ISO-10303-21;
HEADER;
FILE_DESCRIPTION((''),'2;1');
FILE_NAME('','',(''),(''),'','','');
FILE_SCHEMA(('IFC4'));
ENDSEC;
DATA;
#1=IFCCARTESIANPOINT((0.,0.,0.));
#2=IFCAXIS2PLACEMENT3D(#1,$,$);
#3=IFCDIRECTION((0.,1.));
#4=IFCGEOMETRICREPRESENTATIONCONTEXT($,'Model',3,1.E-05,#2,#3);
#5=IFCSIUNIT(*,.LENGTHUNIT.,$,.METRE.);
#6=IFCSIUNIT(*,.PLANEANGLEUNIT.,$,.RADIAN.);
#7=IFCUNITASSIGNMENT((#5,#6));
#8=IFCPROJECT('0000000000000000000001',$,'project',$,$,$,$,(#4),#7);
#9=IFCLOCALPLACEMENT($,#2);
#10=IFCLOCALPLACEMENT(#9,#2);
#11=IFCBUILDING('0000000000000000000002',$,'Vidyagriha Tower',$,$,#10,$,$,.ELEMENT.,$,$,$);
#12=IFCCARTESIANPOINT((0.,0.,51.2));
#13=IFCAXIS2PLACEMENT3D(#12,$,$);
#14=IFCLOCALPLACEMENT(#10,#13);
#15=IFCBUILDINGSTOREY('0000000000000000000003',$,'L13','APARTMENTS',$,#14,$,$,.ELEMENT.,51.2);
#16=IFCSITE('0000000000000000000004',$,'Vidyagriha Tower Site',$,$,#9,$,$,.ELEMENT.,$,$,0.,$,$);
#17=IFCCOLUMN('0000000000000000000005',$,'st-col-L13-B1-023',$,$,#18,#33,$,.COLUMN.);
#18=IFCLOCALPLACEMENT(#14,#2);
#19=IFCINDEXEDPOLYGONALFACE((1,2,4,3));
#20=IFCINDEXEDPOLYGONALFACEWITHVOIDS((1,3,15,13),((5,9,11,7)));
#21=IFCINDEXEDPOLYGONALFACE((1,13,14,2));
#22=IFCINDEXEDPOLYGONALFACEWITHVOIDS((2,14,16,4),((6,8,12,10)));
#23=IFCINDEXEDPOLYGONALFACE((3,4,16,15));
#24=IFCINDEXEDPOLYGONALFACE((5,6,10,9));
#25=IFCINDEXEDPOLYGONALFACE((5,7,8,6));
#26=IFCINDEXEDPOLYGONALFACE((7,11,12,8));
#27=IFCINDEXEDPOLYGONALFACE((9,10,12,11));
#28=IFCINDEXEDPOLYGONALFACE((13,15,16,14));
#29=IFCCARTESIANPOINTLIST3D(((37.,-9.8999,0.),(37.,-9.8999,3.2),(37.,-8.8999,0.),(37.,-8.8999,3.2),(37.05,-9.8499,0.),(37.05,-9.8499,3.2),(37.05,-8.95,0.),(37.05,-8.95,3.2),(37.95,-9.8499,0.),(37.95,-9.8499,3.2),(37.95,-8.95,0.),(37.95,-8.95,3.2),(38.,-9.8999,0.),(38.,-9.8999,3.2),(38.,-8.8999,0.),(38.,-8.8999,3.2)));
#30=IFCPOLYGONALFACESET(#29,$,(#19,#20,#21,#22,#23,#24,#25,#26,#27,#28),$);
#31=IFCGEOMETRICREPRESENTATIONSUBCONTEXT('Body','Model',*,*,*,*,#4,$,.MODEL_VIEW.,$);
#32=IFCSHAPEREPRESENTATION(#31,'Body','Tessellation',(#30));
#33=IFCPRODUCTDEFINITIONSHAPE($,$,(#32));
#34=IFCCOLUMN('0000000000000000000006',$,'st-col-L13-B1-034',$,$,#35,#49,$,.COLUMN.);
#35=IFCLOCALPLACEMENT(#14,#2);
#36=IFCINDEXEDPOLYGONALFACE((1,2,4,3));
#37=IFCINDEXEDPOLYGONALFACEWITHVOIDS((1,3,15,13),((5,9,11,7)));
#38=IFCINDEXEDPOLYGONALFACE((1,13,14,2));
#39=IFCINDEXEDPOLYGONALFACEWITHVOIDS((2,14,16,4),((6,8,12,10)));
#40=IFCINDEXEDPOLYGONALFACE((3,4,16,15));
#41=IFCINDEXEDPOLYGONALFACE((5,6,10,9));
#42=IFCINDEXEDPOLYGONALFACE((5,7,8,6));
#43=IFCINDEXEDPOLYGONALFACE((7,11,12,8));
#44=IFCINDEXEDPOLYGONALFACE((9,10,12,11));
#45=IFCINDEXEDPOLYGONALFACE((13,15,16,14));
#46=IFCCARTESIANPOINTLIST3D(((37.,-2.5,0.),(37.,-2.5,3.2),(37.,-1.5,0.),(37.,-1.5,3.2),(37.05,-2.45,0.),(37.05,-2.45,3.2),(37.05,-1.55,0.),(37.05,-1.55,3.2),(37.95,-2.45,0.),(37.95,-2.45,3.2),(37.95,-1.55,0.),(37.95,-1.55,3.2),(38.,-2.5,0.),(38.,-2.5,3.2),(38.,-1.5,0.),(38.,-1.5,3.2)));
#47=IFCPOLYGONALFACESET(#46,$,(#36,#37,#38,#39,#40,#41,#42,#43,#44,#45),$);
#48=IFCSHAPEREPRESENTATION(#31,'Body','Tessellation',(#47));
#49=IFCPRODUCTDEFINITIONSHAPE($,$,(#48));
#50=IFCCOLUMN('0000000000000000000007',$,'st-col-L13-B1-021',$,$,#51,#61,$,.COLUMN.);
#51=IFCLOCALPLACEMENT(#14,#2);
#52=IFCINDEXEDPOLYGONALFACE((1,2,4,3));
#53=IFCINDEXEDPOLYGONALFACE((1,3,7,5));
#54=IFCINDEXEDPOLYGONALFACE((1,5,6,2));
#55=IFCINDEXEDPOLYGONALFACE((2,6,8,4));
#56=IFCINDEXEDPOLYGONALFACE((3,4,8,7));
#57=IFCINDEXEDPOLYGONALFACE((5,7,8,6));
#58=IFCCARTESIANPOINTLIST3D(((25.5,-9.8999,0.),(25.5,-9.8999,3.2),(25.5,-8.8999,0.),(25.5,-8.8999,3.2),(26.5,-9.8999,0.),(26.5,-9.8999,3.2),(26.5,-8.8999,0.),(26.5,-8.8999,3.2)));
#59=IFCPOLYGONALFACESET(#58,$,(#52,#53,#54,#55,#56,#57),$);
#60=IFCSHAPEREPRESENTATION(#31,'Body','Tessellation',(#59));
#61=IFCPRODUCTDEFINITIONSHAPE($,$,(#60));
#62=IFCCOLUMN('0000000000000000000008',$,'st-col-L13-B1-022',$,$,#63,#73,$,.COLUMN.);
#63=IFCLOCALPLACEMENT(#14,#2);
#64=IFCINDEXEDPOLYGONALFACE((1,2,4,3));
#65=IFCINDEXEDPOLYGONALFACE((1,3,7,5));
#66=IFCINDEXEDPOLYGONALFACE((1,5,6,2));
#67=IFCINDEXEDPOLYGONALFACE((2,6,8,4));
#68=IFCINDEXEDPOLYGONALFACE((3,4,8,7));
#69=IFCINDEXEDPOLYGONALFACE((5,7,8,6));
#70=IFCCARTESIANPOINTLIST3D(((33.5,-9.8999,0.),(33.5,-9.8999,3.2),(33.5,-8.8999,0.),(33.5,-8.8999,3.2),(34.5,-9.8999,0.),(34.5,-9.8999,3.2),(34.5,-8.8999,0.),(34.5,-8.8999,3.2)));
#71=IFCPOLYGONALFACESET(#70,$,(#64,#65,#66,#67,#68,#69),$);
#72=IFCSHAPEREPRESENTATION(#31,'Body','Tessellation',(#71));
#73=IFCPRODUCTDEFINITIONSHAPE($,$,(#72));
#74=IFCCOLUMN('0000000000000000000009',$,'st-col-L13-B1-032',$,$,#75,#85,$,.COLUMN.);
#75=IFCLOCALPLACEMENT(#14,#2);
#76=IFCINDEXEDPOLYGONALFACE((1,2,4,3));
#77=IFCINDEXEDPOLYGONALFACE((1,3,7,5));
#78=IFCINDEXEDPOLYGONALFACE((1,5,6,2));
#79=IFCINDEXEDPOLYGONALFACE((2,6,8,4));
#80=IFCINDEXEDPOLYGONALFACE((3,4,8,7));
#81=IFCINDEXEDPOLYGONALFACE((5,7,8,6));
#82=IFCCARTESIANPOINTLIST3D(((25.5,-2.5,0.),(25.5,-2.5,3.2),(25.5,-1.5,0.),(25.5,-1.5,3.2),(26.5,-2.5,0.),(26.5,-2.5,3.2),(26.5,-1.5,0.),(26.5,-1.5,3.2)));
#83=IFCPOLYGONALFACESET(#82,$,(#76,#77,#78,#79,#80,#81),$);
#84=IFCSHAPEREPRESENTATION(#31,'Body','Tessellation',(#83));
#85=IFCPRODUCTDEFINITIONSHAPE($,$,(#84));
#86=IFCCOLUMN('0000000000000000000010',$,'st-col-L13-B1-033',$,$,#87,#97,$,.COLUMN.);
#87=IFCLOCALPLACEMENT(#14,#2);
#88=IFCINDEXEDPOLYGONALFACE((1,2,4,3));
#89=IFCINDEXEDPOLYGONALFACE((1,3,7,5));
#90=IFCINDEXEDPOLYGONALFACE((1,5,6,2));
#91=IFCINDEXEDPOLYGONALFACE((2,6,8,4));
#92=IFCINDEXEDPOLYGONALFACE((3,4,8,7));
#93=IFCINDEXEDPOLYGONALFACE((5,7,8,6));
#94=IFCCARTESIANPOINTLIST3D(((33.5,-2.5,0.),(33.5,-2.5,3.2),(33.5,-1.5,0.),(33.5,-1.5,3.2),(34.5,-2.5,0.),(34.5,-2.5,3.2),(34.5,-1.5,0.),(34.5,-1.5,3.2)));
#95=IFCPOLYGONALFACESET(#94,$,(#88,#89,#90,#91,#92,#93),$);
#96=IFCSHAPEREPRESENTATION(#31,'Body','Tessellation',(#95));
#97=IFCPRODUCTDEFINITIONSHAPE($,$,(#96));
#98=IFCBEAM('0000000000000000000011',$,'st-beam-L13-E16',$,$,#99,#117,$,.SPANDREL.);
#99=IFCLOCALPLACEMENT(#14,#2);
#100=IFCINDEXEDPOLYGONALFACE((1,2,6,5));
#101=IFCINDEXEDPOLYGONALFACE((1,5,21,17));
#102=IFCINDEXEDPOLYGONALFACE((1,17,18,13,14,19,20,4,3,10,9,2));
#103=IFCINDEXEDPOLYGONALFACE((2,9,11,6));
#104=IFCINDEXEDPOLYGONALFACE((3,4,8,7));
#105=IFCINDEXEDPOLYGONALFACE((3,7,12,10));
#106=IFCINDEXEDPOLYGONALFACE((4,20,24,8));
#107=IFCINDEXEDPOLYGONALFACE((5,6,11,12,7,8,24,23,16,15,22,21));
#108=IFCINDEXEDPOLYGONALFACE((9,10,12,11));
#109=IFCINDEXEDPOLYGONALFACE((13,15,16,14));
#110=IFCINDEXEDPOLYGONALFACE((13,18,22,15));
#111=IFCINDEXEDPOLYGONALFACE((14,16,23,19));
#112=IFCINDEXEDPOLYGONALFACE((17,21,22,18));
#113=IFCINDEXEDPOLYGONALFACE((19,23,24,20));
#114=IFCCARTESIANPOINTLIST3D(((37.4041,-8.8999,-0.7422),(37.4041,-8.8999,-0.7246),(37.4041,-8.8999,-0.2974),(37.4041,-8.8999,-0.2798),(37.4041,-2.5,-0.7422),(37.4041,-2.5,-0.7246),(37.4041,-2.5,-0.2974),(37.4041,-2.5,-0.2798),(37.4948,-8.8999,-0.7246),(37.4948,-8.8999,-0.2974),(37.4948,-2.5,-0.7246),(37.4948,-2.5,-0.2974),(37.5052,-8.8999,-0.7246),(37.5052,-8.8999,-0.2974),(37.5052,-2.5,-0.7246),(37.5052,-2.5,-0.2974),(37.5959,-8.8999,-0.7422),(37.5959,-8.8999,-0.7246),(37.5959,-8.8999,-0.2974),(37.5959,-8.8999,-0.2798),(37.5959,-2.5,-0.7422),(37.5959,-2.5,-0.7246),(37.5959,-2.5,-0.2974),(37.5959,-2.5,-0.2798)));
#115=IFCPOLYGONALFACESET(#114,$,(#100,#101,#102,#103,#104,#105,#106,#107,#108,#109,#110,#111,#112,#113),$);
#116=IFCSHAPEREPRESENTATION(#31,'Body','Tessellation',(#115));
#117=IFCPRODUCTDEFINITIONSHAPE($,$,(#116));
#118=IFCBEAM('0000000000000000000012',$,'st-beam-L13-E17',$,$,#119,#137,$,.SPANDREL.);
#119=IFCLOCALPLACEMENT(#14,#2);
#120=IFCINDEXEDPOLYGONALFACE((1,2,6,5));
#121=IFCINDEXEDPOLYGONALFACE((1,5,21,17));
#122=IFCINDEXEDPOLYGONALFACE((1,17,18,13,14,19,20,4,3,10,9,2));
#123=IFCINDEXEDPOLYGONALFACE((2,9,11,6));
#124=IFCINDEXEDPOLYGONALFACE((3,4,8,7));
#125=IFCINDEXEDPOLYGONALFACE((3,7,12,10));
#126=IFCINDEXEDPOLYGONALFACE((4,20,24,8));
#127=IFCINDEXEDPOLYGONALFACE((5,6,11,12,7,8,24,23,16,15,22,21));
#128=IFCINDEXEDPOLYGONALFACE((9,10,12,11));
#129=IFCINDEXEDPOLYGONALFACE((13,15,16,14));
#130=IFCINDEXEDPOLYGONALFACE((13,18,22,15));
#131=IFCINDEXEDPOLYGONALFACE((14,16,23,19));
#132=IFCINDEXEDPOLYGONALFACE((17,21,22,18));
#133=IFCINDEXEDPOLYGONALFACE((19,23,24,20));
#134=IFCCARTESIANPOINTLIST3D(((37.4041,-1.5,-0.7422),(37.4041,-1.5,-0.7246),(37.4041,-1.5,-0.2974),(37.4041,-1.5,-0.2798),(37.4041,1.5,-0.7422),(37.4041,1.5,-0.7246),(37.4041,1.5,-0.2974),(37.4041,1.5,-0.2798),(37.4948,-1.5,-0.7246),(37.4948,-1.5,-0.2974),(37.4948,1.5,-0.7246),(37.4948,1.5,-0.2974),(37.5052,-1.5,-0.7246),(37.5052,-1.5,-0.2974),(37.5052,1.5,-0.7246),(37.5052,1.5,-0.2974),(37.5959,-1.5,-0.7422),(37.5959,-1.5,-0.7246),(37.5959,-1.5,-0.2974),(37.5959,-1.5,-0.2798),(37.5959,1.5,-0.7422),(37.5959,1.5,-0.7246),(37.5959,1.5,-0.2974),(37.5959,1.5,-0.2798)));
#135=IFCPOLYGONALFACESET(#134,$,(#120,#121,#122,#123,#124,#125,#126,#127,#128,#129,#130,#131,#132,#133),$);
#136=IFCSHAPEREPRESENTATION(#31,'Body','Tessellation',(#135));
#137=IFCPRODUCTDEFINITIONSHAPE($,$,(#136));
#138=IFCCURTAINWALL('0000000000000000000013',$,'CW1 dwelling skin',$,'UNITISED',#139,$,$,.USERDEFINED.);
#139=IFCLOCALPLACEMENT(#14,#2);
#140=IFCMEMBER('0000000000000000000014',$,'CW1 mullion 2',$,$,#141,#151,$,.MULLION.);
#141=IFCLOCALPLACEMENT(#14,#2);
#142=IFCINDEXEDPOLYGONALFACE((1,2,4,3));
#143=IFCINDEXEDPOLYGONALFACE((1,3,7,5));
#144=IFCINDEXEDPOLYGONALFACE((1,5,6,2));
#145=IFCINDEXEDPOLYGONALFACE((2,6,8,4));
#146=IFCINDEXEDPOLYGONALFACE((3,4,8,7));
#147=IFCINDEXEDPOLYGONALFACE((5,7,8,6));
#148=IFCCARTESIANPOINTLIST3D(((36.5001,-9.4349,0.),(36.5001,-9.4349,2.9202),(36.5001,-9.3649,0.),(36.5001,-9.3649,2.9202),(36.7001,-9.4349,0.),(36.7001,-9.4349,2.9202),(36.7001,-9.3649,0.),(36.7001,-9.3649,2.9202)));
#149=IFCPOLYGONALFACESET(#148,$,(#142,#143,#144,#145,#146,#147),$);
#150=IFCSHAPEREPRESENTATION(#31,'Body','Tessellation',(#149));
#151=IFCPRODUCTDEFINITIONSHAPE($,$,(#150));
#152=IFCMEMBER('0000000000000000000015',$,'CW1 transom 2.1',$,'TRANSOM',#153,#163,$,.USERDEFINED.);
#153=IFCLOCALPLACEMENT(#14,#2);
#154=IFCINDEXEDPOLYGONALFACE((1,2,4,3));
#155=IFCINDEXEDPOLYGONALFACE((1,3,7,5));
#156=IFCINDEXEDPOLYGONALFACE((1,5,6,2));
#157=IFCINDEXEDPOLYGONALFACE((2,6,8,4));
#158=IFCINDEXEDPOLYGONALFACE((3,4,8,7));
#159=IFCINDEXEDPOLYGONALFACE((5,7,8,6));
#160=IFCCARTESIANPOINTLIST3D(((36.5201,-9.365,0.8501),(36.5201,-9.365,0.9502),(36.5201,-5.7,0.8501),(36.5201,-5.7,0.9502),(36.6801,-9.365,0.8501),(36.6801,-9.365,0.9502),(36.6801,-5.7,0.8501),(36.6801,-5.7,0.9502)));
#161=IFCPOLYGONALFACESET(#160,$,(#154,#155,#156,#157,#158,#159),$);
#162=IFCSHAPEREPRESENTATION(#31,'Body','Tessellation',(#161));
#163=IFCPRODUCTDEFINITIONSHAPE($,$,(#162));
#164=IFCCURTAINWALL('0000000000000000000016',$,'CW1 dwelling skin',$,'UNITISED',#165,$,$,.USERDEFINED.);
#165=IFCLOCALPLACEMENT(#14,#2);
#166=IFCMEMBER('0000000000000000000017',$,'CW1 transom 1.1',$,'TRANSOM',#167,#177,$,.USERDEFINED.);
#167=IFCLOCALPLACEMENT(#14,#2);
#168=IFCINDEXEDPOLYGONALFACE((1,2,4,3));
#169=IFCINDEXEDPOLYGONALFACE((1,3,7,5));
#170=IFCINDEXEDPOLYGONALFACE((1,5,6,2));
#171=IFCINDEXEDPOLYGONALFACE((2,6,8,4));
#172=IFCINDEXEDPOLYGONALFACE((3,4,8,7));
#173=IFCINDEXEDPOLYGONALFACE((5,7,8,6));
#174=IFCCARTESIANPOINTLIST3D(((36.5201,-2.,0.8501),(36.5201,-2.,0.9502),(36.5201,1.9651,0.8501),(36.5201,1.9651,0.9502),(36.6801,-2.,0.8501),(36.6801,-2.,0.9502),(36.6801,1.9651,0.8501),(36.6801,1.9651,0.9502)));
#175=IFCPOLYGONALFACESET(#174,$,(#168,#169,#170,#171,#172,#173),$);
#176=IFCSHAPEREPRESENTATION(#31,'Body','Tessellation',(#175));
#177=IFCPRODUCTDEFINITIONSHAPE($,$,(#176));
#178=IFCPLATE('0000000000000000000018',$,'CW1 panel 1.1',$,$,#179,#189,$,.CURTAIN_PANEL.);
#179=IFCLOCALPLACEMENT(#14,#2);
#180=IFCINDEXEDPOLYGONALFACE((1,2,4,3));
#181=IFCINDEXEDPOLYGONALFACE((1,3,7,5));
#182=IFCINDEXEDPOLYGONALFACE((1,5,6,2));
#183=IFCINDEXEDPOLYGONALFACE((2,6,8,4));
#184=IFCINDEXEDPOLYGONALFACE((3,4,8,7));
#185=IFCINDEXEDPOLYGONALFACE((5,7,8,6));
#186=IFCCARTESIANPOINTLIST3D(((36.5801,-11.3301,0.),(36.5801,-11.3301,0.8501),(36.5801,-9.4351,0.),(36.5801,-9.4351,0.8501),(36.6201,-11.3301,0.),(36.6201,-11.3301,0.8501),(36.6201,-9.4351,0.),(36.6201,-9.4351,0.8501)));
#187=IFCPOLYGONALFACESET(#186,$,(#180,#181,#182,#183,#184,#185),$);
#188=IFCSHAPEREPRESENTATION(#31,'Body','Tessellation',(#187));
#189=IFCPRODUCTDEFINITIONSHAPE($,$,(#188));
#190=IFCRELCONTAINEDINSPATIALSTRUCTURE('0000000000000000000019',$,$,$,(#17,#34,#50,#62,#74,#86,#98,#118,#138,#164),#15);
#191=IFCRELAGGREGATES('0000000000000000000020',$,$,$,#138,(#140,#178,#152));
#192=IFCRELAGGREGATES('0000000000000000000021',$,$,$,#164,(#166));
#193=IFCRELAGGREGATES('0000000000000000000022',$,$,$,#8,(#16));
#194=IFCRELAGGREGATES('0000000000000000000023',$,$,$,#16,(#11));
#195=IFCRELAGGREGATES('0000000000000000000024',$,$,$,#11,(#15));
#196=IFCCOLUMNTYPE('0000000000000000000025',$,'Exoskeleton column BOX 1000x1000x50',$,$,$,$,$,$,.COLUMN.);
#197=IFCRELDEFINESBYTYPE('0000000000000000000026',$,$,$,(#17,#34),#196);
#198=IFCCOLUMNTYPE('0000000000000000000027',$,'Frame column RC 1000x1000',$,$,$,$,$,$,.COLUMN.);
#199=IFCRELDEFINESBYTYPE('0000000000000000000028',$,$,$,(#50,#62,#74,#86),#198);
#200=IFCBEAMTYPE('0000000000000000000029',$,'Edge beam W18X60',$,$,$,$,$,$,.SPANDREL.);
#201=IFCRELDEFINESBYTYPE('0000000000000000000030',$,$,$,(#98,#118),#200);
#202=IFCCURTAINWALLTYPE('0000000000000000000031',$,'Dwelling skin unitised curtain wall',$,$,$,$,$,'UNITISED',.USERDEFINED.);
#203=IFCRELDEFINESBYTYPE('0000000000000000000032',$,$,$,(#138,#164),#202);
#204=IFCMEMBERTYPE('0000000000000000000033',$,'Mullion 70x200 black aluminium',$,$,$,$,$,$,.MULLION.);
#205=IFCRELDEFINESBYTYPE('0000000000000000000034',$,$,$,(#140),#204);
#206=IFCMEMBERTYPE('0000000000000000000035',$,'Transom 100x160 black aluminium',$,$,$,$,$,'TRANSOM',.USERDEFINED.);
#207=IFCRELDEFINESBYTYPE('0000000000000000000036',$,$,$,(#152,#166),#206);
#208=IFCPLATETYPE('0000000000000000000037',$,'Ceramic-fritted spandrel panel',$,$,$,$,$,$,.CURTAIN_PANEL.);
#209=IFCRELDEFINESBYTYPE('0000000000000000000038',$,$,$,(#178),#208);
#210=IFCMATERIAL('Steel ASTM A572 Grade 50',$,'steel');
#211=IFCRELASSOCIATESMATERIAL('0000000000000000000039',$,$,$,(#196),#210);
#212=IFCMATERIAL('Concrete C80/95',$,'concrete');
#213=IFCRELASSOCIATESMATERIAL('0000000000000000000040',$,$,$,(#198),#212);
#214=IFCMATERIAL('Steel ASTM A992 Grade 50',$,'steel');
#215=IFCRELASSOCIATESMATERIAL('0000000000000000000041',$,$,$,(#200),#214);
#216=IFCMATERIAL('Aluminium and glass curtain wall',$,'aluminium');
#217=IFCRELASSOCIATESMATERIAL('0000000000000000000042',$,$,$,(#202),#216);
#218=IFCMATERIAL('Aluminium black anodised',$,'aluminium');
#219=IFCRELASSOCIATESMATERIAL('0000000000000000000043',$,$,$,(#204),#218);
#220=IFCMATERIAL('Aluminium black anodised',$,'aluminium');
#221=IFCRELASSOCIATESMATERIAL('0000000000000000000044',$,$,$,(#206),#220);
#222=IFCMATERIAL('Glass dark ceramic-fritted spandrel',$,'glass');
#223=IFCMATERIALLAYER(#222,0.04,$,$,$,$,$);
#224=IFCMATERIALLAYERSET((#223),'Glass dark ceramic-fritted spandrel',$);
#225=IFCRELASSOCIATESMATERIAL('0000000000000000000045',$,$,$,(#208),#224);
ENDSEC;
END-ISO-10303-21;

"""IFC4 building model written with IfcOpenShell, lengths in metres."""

from ifc_helpers import new_model, si_unit, direction, frame, origin, origin_2d, place, context, subcontext, project, spatial, rectangle, hollow_rectangle, i_section, extrude, material, layer, layer_set, material_profile, profile_set, type_object, element, aggregate, save


model = new_model("IFC4")

# Units and contexts
model_context = context("Model", 3, precision=1e-05, world=origin(), true_north=direction((0.0, 1.0)))
body_context = subcontext(model_context, "Body", "Model", "MODEL_VIEW")
ifc_project = project(units=[si_unit("LENGTHUNIT", "METRE"), si_unit("PLANEANGLEUNIT", "RADIAN")], contexts=[model_context])

# Site, building, storey
site_placement = place(None, origin())
site = spatial("IfcSite", under=ifc_project, at=site_placement, Name="Vidyagriha Tower Site", CompositionType="ELEMENT", RefElevation=0.0)
building_placement = place(site_placement, origin())
building = spatial("IfcBuilding", under=site, at=building_placement, Name="Vidyagriha Tower", CompositionType="ELEMENT")
storey_placement = place(building_placement, frame((0.0, 0.0, 51.2)))
storey = spatial("IfcBuildingStorey", under=building, at=storey_placement, Name="L13", Description="APARTMENTS", CompositionType="ELEMENT", Elevation=51.2)

# Columns
ifc_material_1 = material(Name="Steel ASTM A572 Grade 50", Category="steel")
ifc_material_profile_1 = material_profile(ifc_material_1, hollow_rectangle(XDim=1.0, YDim=1.0, WallThickness=0.05, at=origin_2d()), Name="BOX 1000x1000x50")
ifc_profile_set_1 = profile_set([ifc_material_profile_1], Name="Steel ASTM A572 Grade 50")
column_type_1 = type_object("IfcColumnType", Name="Exoskeleton column BOX 1000x1000x50", PredefinedType="COLUMN", material=ifc_profile_set_1)
for number, where, name in (
    (1, (37.5, -9.3999, 0.0), "st-col-L13-B1-023"),
    (2, (37.5, -2.0, 0.0), "st-col-L13-B1-034"),
):
    element("IfcColumn", number, at=place(storey_placement, frame(where)), inside=storey, type_object=column_type_1, Name=name, PredefinedType="COLUMN", context=body_context, shape_type="SweptSolid", body=[
        extrude(hollow_rectangle(XDim=1.0, YDim=1.0, WallThickness=0.05, at=origin_2d()), origin(), (0.0, 0.0, 1.0), 3.2),
    ])
ifc_material_2 = material(Name="Concrete C80/95", Category="concrete")
ifc_material_profile_2 = material_profile(ifc_material_2, rectangle(XDim=1.0, YDim=1.0, at=origin_2d()), Name="RC 1000x1000")
ifc_profile_set_2 = profile_set([ifc_material_profile_2], Name="Concrete C80/95")
column_type_2 = type_object("IfcColumnType", Name="Frame column RC 1000x1000", PredefinedType="COLUMN", material=ifc_profile_set_2)
for number, where, name in (
    (3, (26.0, -9.3999, 0.0), "st-col-L13-B1-021"),
    (4, (34.0, -9.3999, 0.0), "st-col-L13-B1-022"),
    (5, (26.0, -2.0, 0.0), "st-col-L13-B1-032"),
    (6, (34.0, -2.0, 0.0), "st-col-L13-B1-033"),
):
    element("IfcColumn", number, at=place(storey_placement, frame(where)), inside=storey, type_object=column_type_2, Name=name, PredefinedType="COLUMN", context=body_context, shape_type="SweptSolid", body=[
        extrude(rectangle(XDim=1.0, YDim=1.0, at=origin_2d()), origin(), (0.0, 0.0, 1.0), 3.2),
    ])

# Beams
ifc_material_3 = material(Name="Steel ASTM A992 Grade 50", Category="steel")
ifc_material_profile_3 = material_profile(ifc_material_3, i_section(OverallWidth=0.1919, OverallDepth=0.4624, WebThickness=0.0105, FlangeThickness=0.0176, at=origin_2d()), Name="W18X60")
ifc_profile_set_3 = profile_set([ifc_material_profile_3], Name="Steel ASTM A992 Grade 50")
beam_type = type_object("IfcBeamType", Name="Edge beam W18X60", PredefinedType="SPANDREL", material=ifc_profile_set_3)
beam_1_placement = place(storey_placement, frame((37.5, -8.8999, -0.511), z_axis=(0.0, 1.0, 0.0), x_axis=(-1.0, 0.0, 0.0)))
element("IfcBeam", 7, at=beam_1_placement, inside=storey, type_object=beam_type, Name="st-beam-L13-E16", PredefinedType="SPANDREL", context=body_context, shape_type="SweptSolid", body=[
    extrude(i_section(OverallWidth=0.1919, OverallDepth=0.4624, WebThickness=0.0105, FlangeThickness=0.0176, at=origin_2d()), origin(), (0.0, 0.0, 1.0), 6.3999),
])
beam_2_placement = place(storey_placement, frame((37.5, -1.5, -0.511), z_axis=(0.0, 1.0, 0.0), x_axis=(-1.0, 0.0, 0.0)))
element("IfcBeam", 8, at=beam_2_placement, inside=storey, type_object=beam_type, Name="st-beam-L13-E17", PredefinedType="SPANDREL", context=body_context, shape_type="SweptSolid", body=[
    extrude(i_section(OverallWidth=0.1919, OverallDepth=0.4624, WebThickness=0.0105, FlangeThickness=0.0176, at=origin_2d()), origin(), (0.0, 0.0, 1.0), 3.0),
])

# Curtain wall, members
ifc_material_4 = material(Name="Aluminium and glass curtain wall", Category="aluminium")
curtain_wall_type = type_object("IfcCurtainWallType", Name="Dwelling skin unitised curtain wall", ElementType="UNITISED", PredefinedType="USERDEFINED", material=ifc_material_4)
curtain_wall_1_placement = place(storey_placement, origin())
curtain_wall_1 = element("IfcCurtainWall", 9, at=curtain_wall_1_placement, inside=storey, type_object=curtain_wall_type, Name="CW1 dwelling skin", ObjectType="UNITISED", PredefinedType="USERDEFINED")
ifc_material_5 = material(Name="Aluminium black anodised", Category="aluminium")
ifc_material_profile_4 = material_profile(ifc_material_5, rectangle(XDim=0.2, YDim=0.0701, at=origin_2d()), Name="Mullion 70x200 black aluminium")
ifc_profile_set_4 = profile_set([ifc_material_profile_4], Name="Aluminium black anodised")
member_type_1 = type_object("IfcMemberType", Name="Mullion 70x200 black aluminium", PredefinedType="MULLION", material=ifc_profile_set_4)
member_1_placement = place(storey_placement, frame((36.6001, -9.3999, 0.0), z_axis=(0.0, 0.0, 1.0), x_axis=(-1.0, 0.0, 0.0)))
member_1 = element("IfcMember", 10, at=member_1_placement, type_object=member_type_1, Name="CW1 mullion 2", PredefinedType="MULLION", context=body_context, shape_type="SweptSolid", body=[
    extrude(rectangle(XDim=0.2, YDim=0.0701, at=origin_2d()), origin(), (0.0, 0.0, 1.0), 2.9202),
])
ifc_material_6 = material(Name="Aluminium black anodised", Category="aluminium")
ifc_material_profile_5 = material_profile(ifc_material_6, rectangle(XDim=0.1599, YDim=0.1001, at=origin_2d()), Name="Transom 100x160 black aluminium")
ifc_profile_set_5 = profile_set([ifc_material_profile_5], Name="Aluminium black anodised")
member_type_2 = type_object("IfcMemberType", Name="Transom 100x160 black aluminium", ElementType="TRANSOM", PredefinedType="USERDEFINED", material=ifc_profile_set_5)
member_2_placement = place(storey_placement, frame((36.6001, -9.365, 0.9001), z_axis=(0.0, 1.0, 0.0), x_axis=(-1.0, 0.0, 0.0)))
member_2 = element("IfcMember", 11, at=member_2_placement, type_object=member_type_2, Name="CW1 transom 2.1", ObjectType="TRANSOM", PredefinedType="USERDEFINED", context=body_context, shape_type="SweptSolid", body=[
    extrude(rectangle(XDim=0.1599, YDim=0.1001, at=origin_2d()), origin(), (0.0, 0.0, 1.0), 3.665),
])

# Curtain wall, member
curtain_wall_2_placement = place(storey_placement, origin())
curtain_wall_2 = element("IfcCurtainWall", 12, at=curtain_wall_2_placement, inside=storey, type_object=curtain_wall_type, Name="CW1 dwelling skin", ObjectType="UNITISED", PredefinedType="USERDEFINED")
member_3_placement = place(storey_placement, frame((36.6001, -2.0, 0.9001), z_axis=(0.0, 1.0, 0.0), x_axis=(-1.0, 0.0, 0.0)))
member_3 = element("IfcMember", 13, at=member_3_placement, type_object=member_type_2, Name="CW1 transom 1.1", ObjectType="TRANSOM", PredefinedType="USERDEFINED", context=body_context, shape_type="SweptSolid", body=[
    extrude(rectangle(XDim=0.1599, YDim=0.1001, at=origin_2d()), origin(), (0.0, 0.0, 1.0), 3.9651),
])

# Plate
ifc_material_7 = material(Name="Glass dark ceramic-fritted spandrel", Category="glass")
ifc_layer_1 = layer(ifc_material_7, 0.04)
ifc_layer_set_1 = layer_set([ifc_layer_1], Name="Glass dark ceramic-fritted spandrel")
plate_type_1 = type_object("IfcPlateType", Name="Ceramic-fritted spandrel panel", PredefinedType="CURTAIN_PANEL", material=ifc_layer_set_1)
plate_1_placement = place(storey_placement, frame((36.6001, -10.3826, 0.0), z_axis=(0.0, 0.0, 1.0), x_axis=(0.0, 1.0, 0.0)))
plate_1 = element("IfcPlate", 14, at=plate_1_placement, type_object=plate_type_1, Name="CW1 panel 1.1", PredefinedType="CURTAIN_PANEL", context=body_context, shape_type="SweptSolid", body=[
    extrude(rectangle(XDim=1.895, YDim=0.04, at=origin_2d()), origin(), (0.0, 0.0, 1.0), 0.8501),
])
aggregate(curtain_wall_1, [member_1, plate_1, member_2])
aggregate(curtain_wall_2, [member_3])

save(model, "model.ifc")
